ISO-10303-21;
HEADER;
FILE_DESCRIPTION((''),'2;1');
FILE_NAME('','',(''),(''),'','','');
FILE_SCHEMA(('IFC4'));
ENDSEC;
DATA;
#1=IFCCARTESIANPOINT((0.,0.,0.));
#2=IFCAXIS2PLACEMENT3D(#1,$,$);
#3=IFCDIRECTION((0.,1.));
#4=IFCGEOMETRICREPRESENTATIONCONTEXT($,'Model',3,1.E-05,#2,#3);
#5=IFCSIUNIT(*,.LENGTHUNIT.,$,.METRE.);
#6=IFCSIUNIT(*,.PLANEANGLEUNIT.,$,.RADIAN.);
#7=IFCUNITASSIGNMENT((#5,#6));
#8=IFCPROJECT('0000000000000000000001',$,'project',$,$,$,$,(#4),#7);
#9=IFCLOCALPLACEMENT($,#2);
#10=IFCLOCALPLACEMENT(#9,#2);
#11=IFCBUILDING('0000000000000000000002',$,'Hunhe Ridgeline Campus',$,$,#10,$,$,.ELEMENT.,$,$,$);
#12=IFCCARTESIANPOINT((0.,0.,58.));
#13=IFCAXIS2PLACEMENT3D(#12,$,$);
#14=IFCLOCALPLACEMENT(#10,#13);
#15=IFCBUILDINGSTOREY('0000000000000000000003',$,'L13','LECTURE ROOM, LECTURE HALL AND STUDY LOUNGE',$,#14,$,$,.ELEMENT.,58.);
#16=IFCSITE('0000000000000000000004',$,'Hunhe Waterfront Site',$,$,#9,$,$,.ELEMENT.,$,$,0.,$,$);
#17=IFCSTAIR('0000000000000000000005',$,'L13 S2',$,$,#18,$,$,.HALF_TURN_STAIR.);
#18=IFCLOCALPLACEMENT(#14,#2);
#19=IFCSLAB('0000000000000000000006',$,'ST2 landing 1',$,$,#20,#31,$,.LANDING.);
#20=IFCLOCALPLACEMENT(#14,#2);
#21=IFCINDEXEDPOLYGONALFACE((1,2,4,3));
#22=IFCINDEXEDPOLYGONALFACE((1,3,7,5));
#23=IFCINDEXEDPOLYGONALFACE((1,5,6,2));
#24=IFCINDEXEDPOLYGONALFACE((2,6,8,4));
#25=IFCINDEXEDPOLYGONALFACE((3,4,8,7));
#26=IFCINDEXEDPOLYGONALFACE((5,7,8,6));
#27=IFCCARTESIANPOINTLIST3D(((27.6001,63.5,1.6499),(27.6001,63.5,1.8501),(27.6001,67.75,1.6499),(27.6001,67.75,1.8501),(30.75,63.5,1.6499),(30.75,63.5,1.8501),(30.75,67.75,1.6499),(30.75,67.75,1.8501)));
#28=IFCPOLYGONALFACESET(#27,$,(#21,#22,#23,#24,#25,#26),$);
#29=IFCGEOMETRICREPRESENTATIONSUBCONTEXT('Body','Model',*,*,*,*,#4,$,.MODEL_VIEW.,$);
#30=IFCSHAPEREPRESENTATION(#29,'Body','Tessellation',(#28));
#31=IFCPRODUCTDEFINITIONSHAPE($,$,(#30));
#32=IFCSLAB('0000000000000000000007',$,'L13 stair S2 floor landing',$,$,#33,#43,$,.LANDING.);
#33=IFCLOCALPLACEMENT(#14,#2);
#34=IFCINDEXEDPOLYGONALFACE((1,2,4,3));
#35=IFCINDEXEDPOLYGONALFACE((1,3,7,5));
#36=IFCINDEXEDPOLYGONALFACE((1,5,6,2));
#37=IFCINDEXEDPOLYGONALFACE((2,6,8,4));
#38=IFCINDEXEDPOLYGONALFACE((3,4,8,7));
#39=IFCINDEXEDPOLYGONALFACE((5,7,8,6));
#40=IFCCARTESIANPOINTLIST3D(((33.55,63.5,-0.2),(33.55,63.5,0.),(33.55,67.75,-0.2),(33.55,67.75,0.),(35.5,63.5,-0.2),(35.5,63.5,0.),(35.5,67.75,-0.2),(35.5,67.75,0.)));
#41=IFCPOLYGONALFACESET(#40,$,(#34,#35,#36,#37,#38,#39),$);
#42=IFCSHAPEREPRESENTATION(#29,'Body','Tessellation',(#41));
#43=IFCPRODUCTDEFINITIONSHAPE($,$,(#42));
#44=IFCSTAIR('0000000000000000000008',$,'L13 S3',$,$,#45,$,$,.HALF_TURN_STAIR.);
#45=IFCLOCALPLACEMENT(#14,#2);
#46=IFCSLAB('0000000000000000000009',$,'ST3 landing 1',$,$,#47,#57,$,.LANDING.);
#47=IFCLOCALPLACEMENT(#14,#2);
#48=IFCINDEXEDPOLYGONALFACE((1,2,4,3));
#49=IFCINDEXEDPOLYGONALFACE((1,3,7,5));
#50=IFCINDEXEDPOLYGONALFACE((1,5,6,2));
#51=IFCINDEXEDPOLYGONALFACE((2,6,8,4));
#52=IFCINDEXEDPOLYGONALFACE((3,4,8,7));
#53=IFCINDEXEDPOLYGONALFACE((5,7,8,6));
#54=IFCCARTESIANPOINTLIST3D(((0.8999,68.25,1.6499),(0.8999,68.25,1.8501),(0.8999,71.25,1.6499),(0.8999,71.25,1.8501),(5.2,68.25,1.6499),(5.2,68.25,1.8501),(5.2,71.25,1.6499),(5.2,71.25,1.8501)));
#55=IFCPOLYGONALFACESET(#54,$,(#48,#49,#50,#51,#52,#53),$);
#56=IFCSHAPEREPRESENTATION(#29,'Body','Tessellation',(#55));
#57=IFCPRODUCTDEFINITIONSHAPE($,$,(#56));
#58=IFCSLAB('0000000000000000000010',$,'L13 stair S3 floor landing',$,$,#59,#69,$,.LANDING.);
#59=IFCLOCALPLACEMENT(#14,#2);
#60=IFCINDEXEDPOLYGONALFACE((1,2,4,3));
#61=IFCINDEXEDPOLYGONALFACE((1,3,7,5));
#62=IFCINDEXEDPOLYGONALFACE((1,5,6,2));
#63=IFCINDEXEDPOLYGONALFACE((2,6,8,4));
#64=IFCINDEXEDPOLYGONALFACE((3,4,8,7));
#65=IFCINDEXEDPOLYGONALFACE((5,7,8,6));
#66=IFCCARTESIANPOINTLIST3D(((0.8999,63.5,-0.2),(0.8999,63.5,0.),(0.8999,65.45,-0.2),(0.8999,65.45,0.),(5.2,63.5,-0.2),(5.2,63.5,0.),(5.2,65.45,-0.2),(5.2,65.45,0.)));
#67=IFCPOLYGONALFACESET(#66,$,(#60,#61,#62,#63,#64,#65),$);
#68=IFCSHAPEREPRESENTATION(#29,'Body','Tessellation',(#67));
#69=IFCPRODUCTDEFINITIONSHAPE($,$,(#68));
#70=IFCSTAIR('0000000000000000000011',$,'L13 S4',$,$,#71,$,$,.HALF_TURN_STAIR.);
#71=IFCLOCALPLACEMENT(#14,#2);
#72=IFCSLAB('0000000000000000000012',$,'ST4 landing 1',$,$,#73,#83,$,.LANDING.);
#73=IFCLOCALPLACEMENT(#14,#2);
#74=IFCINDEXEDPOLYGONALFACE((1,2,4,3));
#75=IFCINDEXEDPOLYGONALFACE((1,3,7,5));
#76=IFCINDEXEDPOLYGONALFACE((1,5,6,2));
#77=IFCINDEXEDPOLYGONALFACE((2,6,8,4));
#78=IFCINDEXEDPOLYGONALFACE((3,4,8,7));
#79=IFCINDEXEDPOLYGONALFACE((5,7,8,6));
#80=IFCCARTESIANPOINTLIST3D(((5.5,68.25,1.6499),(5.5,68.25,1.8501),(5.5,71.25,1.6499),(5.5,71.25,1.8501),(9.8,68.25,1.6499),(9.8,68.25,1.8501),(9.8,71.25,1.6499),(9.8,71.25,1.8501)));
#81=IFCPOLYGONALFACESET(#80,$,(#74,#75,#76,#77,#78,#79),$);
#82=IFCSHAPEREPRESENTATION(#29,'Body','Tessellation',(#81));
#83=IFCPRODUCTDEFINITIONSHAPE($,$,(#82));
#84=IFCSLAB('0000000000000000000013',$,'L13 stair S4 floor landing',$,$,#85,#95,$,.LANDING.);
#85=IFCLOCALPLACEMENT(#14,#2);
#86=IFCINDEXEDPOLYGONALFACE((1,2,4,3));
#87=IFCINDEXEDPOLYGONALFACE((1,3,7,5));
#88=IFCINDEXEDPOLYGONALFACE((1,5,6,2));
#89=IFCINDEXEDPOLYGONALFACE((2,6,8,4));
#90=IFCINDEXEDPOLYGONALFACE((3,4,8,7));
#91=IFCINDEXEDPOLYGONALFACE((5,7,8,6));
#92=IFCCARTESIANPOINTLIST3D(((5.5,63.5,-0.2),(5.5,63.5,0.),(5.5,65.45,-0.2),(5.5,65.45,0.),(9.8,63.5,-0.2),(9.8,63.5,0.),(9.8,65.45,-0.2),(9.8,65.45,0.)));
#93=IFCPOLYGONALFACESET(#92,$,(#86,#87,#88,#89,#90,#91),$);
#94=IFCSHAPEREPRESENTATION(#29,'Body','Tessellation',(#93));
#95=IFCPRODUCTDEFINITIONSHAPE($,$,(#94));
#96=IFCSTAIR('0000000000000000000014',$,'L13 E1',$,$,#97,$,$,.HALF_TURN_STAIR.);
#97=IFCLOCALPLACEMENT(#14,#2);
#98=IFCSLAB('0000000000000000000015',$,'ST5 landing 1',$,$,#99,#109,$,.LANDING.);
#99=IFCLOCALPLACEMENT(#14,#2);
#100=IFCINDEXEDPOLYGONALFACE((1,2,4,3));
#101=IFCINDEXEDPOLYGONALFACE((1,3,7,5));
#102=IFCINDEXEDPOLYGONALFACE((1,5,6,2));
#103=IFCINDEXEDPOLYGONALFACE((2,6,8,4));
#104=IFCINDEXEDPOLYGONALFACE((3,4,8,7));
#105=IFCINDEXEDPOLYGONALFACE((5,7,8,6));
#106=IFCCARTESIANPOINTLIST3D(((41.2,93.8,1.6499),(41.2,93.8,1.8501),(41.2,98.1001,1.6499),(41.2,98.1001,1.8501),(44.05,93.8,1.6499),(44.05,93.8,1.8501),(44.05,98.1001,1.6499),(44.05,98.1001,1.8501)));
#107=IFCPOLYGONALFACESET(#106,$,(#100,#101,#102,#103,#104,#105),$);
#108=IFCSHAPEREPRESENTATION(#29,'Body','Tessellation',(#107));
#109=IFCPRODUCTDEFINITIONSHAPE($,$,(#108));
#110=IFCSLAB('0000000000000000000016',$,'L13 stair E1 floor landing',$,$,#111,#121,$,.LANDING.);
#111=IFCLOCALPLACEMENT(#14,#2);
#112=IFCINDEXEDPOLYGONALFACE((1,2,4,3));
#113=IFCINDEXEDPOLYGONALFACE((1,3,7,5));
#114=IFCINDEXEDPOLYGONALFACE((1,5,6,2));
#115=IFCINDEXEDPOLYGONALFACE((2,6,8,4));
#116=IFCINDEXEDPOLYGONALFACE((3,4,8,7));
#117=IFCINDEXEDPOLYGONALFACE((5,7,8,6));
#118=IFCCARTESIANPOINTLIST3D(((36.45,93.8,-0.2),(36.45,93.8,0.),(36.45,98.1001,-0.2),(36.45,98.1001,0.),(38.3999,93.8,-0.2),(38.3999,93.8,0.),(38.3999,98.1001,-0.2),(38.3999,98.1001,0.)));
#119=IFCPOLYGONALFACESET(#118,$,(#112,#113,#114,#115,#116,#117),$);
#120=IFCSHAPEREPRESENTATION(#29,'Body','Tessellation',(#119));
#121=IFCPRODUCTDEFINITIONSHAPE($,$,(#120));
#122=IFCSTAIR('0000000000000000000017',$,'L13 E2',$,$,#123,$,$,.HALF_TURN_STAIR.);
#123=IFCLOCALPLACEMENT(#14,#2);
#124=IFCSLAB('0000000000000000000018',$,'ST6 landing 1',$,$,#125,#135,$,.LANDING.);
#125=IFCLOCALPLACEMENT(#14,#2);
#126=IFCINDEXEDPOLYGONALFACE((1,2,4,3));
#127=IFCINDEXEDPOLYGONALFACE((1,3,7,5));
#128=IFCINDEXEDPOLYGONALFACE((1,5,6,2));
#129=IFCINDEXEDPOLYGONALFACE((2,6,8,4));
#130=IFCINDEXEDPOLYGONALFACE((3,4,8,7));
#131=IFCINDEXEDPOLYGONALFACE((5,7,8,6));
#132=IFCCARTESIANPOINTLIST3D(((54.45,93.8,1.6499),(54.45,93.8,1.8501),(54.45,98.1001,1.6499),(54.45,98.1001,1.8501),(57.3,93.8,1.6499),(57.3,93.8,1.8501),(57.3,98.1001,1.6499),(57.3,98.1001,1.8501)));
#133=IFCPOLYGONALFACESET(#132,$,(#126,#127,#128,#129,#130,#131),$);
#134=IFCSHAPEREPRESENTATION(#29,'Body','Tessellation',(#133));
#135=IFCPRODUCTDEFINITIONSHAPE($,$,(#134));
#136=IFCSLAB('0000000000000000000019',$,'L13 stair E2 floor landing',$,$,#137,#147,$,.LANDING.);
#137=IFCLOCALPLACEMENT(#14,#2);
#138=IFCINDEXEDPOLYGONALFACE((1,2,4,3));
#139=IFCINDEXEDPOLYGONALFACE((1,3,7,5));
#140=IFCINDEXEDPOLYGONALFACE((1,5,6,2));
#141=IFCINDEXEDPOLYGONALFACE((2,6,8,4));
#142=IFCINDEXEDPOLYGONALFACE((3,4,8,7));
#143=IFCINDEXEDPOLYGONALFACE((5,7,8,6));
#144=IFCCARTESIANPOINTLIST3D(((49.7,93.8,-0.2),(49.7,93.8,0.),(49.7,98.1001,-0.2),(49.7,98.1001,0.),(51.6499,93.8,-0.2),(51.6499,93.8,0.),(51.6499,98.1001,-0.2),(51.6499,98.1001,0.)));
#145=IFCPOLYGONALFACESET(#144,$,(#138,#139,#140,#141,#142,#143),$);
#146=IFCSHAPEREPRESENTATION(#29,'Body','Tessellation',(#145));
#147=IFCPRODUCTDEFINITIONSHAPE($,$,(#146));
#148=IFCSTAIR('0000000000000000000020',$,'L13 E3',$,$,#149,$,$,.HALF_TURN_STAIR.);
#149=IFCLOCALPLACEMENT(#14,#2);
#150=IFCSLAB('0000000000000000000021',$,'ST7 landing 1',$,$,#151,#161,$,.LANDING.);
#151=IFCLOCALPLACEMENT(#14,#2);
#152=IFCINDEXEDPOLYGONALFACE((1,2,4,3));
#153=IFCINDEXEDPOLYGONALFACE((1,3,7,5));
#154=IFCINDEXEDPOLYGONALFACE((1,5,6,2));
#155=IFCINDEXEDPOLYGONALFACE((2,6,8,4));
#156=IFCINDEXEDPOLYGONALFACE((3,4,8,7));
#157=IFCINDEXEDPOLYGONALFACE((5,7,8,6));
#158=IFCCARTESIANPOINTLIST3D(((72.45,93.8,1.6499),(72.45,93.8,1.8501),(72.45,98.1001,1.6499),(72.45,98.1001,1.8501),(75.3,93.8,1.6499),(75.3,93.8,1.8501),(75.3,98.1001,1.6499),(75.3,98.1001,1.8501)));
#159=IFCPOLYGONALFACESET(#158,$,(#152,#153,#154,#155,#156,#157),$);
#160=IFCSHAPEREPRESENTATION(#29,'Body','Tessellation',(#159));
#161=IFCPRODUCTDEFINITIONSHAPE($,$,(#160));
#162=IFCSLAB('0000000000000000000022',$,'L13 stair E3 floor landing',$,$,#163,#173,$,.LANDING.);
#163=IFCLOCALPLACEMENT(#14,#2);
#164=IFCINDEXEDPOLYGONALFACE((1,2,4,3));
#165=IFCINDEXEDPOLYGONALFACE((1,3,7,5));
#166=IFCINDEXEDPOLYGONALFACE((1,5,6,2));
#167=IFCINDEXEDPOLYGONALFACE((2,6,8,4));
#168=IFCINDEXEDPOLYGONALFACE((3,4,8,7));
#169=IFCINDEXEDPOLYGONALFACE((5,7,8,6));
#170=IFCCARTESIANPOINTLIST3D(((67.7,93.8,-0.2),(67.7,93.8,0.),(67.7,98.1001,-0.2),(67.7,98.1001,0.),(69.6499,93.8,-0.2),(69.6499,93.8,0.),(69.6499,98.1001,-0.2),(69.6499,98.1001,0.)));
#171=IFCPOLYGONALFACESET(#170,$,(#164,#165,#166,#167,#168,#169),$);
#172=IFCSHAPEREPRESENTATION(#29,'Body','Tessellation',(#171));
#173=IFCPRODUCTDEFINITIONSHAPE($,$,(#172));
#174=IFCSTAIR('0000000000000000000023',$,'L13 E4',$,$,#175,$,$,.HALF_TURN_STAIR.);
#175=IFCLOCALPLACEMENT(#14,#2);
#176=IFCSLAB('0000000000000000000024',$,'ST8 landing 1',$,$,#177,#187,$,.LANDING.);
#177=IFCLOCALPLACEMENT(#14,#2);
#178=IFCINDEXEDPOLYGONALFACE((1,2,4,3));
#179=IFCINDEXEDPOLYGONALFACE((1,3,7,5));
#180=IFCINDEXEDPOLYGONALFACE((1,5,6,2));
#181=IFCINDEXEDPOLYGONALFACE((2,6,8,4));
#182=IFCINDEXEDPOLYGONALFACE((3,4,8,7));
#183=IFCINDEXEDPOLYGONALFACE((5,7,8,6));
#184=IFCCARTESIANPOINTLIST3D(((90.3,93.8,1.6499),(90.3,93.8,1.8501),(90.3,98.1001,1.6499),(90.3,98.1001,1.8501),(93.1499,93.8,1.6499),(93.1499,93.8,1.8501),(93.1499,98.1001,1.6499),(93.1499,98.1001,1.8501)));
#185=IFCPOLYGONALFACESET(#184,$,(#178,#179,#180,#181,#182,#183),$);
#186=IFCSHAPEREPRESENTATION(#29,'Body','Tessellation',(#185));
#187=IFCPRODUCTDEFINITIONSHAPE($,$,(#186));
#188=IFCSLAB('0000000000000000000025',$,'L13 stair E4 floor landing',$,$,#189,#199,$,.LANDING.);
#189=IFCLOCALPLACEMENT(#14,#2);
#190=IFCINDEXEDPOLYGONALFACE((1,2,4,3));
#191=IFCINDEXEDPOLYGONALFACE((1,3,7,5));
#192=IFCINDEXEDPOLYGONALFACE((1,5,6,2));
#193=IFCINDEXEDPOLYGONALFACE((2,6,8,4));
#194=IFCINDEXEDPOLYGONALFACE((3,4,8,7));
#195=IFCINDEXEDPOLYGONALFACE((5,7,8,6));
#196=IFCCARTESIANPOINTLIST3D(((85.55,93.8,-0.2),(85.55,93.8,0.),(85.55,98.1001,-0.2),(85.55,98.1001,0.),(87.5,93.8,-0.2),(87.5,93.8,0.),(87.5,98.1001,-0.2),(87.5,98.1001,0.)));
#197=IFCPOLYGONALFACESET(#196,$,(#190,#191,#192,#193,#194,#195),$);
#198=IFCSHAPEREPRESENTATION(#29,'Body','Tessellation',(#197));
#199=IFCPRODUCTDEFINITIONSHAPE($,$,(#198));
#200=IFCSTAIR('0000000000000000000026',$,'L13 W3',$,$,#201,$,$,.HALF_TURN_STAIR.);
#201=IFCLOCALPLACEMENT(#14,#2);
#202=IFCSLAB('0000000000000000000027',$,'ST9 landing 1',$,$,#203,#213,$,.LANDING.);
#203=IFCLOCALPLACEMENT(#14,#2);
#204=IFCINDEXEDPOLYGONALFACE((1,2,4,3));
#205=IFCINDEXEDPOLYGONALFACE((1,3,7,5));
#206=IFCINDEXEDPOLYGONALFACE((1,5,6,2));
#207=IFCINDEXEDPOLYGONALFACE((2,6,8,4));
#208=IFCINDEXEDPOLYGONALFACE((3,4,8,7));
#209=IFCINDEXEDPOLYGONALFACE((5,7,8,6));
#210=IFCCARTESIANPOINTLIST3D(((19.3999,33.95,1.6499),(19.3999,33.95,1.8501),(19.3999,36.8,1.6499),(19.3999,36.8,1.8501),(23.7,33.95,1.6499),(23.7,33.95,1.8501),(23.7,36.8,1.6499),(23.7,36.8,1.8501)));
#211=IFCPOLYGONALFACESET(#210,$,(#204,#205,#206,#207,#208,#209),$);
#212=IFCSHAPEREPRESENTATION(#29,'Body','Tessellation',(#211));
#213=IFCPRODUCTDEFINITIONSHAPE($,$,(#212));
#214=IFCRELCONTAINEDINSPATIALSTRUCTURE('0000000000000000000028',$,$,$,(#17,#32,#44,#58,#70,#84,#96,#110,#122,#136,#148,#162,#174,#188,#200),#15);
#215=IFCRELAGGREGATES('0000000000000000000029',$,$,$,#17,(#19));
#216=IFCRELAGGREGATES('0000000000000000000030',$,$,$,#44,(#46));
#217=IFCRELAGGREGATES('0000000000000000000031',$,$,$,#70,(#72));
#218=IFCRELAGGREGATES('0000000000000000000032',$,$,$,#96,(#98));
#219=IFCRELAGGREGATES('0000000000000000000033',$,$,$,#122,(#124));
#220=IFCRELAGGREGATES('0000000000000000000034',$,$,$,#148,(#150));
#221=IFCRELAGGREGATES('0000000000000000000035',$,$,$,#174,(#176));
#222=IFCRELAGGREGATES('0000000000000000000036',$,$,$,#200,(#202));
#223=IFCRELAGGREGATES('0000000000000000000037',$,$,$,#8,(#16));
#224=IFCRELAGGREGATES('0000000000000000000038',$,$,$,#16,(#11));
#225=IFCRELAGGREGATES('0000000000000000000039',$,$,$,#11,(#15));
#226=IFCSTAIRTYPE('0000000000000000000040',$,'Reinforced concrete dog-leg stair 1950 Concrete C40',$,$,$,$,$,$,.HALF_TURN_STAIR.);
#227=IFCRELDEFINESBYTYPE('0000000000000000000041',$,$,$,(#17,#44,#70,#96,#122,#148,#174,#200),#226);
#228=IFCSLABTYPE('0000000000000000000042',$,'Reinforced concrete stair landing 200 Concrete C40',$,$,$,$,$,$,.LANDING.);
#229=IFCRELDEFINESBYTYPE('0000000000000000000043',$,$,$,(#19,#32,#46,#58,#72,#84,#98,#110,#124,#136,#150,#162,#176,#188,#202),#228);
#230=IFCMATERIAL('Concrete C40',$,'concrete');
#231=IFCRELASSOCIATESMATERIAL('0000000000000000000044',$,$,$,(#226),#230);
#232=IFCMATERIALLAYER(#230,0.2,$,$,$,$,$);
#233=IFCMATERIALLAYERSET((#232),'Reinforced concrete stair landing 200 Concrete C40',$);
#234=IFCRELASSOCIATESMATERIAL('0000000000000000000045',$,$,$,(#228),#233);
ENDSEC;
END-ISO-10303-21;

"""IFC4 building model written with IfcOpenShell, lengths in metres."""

from ifc_helpers import new_model, si_unit, direction, frame, origin, place, context, subcontext, project, spatial, polyline, outline, extrude, material, layer, layer_set, type_object, element, aggregate, save


model = new_model("IFC4")

# Units and contexts
model_context = context("Model", 3, precision=1e-05, world=origin(), true_north=direction((0.0, 1.0)))
body_context = subcontext(model_context, "Body", "Model", "MODEL_VIEW")
ifc_project = project(units=[si_unit("LENGTHUNIT", "METRE"), si_unit("PLANEANGLEUNIT", "RADIAN")], contexts=[model_context])

# Site, building, storey
site_placement = place(None, origin())
site = spatial("IfcSite", under=ifc_project, at=site_placement, Name="Hunhe Waterfront Site", CompositionType="ELEMENT", RefElevation=0.0)
building_placement = place(site_placement, origin())
building = spatial("IfcBuilding", under=site, at=building_placement, Name="Hunhe Ridgeline Campus", CompositionType="ELEMENT")
storey_placement = place(building_placement, frame((0.0, 0.0, 58.0)))
storey = spatial("IfcBuildingStorey", under=building, at=storey_placement, Name="L13", Description="LECTURE ROOM, LECTURE HALL AND STUDY LOUNGE", CompositionType="ELEMENT", Elevation=58.0)

# Shared definitions
ifc_material_1 = material(Name="Concrete C40", Category="concrete")

# Shared definitions
stair_type = type_object("IfcStairType", Name="Reinforced concrete dog-leg stair 1950 Concrete C40", PredefinedType="HALF_TURN_STAIR", material=ifc_material_1)
ifc_layer_1 = layer(ifc_material_1, 0.2)
ifc_layer_set_1 = layer_set([ifc_layer_1], Name="Reinforced concrete stair landing 200 Concrete C40")
slab_type_1 = type_object("IfcSlabType", Name="Reinforced concrete stair landing 200 Concrete C40", PredefinedType="LANDING", material=ifc_layer_set_1)

# Stair, slab
stair_1_placement = place(storey_placement, origin())
stair_1 = element("IfcStair", 1, at=stair_1_placement, inside=storey, type_object=stair_type, Name="L13 S2", PredefinedType="HALF_TURN_STAIR")
slab_1_placement = place(storey_placement, frame((0.0, 0.0, 1.6499)))
slab_1 = element("IfcSlab", 2, at=slab_1_placement, type_object=slab_type_1, Name="ST2 landing 1", PredefinedType="LANDING", context=body_context, shape_type="SweptSolid", body=[
    extrude(outline(polyline([(30.75, 67.75), (27.6001, 67.75), (27.6001, 63.5), (30.75, 63.5), (30.75, 67.75)])), origin(), (0.0, 0.0, 1.0), 0.2002),
])
aggregate(stair_1, [slab_1])

# Slab
slab_2_placement = place(storey_placement, frame((0.0, 0.0, -0.2)))
element("IfcSlab", 3, at=slab_2_placement, inside=storey, type_object=slab_type_1, Name="L13 stair S2 floor landing", PredefinedType="LANDING", context=body_context, shape_type="SweptSolid", body=[
    extrude(outline(polyline([(35.5, 67.75), (33.55, 67.75), (33.55, 63.5), (35.5, 63.5), (35.5, 67.75)])), origin(), (0.0, 0.0, 1.0), 0.2),
])

# Stair, slab
stair_2_placement = place(storey_placement, origin())
stair_2 = element("IfcStair", 4, at=stair_2_placement, inside=storey, type_object=stair_type, Name="L13 S3", PredefinedType="HALF_TURN_STAIR")
slab_3_placement = place(storey_placement, frame((0.0, 0.0, 1.6499)))
slab_3 = element("IfcSlab", 5, at=slab_3_placement, type_object=slab_type_1, Name="ST3 landing 1", PredefinedType="LANDING", context=body_context, shape_type="SweptSolid", body=[
    extrude(outline(polyline([(5.2, 68.25), (5.2, 71.25), (0.8999, 71.25), (0.8999, 68.25), (5.2, 68.25)])), origin(), (0.0, 0.0, 1.0), 0.2002),
])
aggregate(stair_2, [slab_3])

# Slab
slab_4_placement = place(storey_placement, frame((0.0, 0.0, -0.2)))
element("IfcSlab", 6, at=slab_4_placement, inside=storey, type_object=slab_type_1, Name="L13 stair S3 floor landing", PredefinedType="LANDING", context=body_context, shape_type="SweptSolid", body=[
    extrude(outline(polyline([(5.2, 63.5), (5.2, 65.45), (0.8999, 65.45), (0.8999, 63.5), (5.2, 63.5)])), origin(), (0.0, 0.0, 1.0), 0.2),
])

# Stair, slab
stair_3_placement = place(storey_placement, origin())
stair_3 = element("IfcStair", 7, at=stair_3_placement, inside=storey, type_object=stair_type, Name="L13 S4", PredefinedType="HALF_TURN_STAIR")
slab_5_placement = place(storey_placement, frame((0.0, 0.0, 1.6499)))
slab_5 = element("IfcSlab", 8, at=slab_5_placement, type_object=slab_type_1, Name="ST4 landing 1", PredefinedType="LANDING", context=body_context, shape_type="SweptSolid", body=[
    extrude(outline(polyline([(9.8, 68.25), (9.8, 71.25), (5.5, 71.25), (5.5, 68.25), (9.8, 68.25)])), origin(), (0.0, 0.0, 1.0), 0.2002),
])
aggregate(stair_3, [slab_5])

# Slab
slab_6_placement = place(storey_placement, frame((0.0, 0.0, -0.2)))
element("IfcSlab", 9, at=slab_6_placement, inside=storey, type_object=slab_type_1, Name="L13 stair S4 floor landing", PredefinedType="LANDING", context=body_context, shape_type="SweptSolid", body=[
    extrude(outline(polyline([(9.8, 63.5), (9.8, 65.45), (5.5, 65.45), (5.5, 63.5), (9.8, 63.5)])), origin(), (0.0, 0.0, 1.0), 0.2),
])

# Stair, slab
stair_4_placement = place(storey_placement, origin())
stair_4 = element("IfcStair", 10, at=stair_4_placement, inside=storey, type_object=stair_type, Name="L13 E1", PredefinedType="HALF_TURN_STAIR")
slab_7_placement = place(storey_placement, frame((0.0, 0.0, 1.6499)))
slab_7 = element("IfcSlab", 11, at=slab_7_placement, type_object=slab_type_1, Name="ST5 landing 1", PredefinedType="LANDING", context=body_context, shape_type="SweptSolid", body=[
    extrude(outline(polyline([(41.2, 93.8), (44.05, 93.8), (44.05, 98.1001), (41.2, 98.1001), (41.2, 93.8)])), origin(), (0.0, 0.0, 1.0), 0.2002),
])
aggregate(stair_4, [slab_7])

# Slab
slab_8_placement = place(storey_placement, frame((0.0, 0.0, -0.2)))
element("IfcSlab", 12, at=slab_8_placement, inside=storey, type_object=slab_type_1, Name="L13 stair E1 floor landing", PredefinedType="LANDING", context=body_context, shape_type="SweptSolid", body=[
    extrude(outline(polyline([(36.45, 93.8), (38.3999, 93.8), (38.3999, 98.1001), (36.45, 98.1001), (36.45, 93.8)])), origin(), (0.0, 0.0, 1.0), 0.2),
])

# Stair, slab
stair_5_placement = place(storey_placement, origin())
stair_5 = element("IfcStair", 13, at=stair_5_placement, inside=storey, type_object=stair_type, Name="L13 E2", PredefinedType="HALF_TURN_STAIR")
slab_9_placement = place(storey_placement, frame((0.0, 0.0, 1.6499)))
slab_9 = element("IfcSlab", 14, at=slab_9_placement, type_object=slab_type_1, Name="ST6 landing 1", PredefinedType="LANDING", context=body_context, shape_type="SweptSolid", body=[
    extrude(outline(polyline([(54.45, 93.8), (57.3, 93.8), (57.3, 98.1001), (54.45, 98.1001), (54.45, 93.8)])), origin(), (0.0, 0.0, 1.0), 0.2002),
])
aggregate(stair_5, [slab_9])

# Slab
slab_10_placement = place(storey_placement, frame((0.0, 0.0, -0.2)))
element("IfcSlab", 15, at=slab_10_placement, inside=storey, type_object=slab_type_1, Name="L13 stair E2 floor landing", PredefinedType="LANDING", context=body_context, shape_type="SweptSolid", body=[
    extrude(outline(polyline([(49.7, 93.8), (51.6499, 93.8), (51.6499, 98.1001), (49.7, 98.1001), (49.7, 93.8)])), origin(), (0.0, 0.0, 1.0), 0.2),
])

# Stair, slab
stair_6_placement = place(storey_placement, origin())
stair_6 = element("IfcStair", 16, at=stair_6_placement, inside=storey, type_object=stair_type, Name="L13 E3", PredefinedType="HALF_TURN_STAIR")
slab_11_placement = place(storey_placement, frame((0.0, 0.0, 1.6499)))
slab_11 = element("IfcSlab", 17, at=slab_11_placement, type_object=slab_type_1, Name="ST7 landing 1", PredefinedType="LANDING", context=body_context, shape_type="SweptSolid", body=[
    extrude(outline(polyline([(72.45, 93.8), (75.3, 93.8), (75.3, 98.1001), (72.45, 98.1001), (72.45, 93.8)])), origin(), (0.0, 0.0, 1.0), 0.2002),
])
aggregate(stair_6, [slab_11])

# Slab
slab_12_placement = place(storey_placement, frame((0.0, 0.0, -0.2)))
element("IfcSlab", 18, at=slab_12_placement, inside=storey, type_object=slab_type_1, Name="L13 stair E3 floor landing", PredefinedType="LANDING", context=body_context, shape_type="SweptSolid", body=[
    extrude(outline(polyline([(67.7, 93.8), (69.6499, 93.8), (69.6499, 98.1001), (67.7, 98.1001), (67.7, 93.8)])), origin(), (0.0, 0.0, 1.0), 0.2),
])

# Stair, slab
stair_7_placement = place(storey_placement, origin())
stair_7 = element("IfcStair", 19, at=stair_7_placement, inside=storey, type_object=stair_type, Name="L13 E4", PredefinedType="HALF_TURN_STAIR")
slab_13_placement = place(storey_placement, frame((0.0, 0.0, 1.6499)))
slab_13 = element("IfcSlab", 20, at=slab_13_placement, type_object=slab_type_1, Name="ST8 landing 1", PredefinedType="LANDING", context=body_context, shape_type="SweptSolid", body=[
    extrude(outline(polyline([(90.3, 93.8), (93.1499, 93.8), (93.1499, 98.1001), (90.3, 98.1001), (90.3, 93.8)])), origin(), (0.0, 0.0, 1.0), 0.2002),
])
aggregate(stair_7, [slab_13])

# Slab
slab_14_placement = place(storey_placement, frame((0.0, 0.0, -0.2)))
element("IfcSlab", 21, at=slab_14_placement, inside=storey, type_object=slab_type_1, Name="L13 stair E4 floor landing", PredefinedType="LANDING", context=body_context, shape_type="SweptSolid", body=[
    extrude(outline(polyline([(85.55, 93.8), (87.5, 93.8), (87.5, 98.1001), (85.55, 98.1001), (85.55, 93.8)])), origin(), (0.0, 0.0, 1.0), 0.2),
])

# Stair, slab
stair_8_placement = place(storey_placement, origin())
stair_8 = element("IfcStair", 22, at=stair_8_placement, inside=storey, type_object=stair_type, Name="L13 W3", PredefinedType="HALF_TURN_STAIR")
slab_15_placement = place(storey_placement, frame((0.0, 0.0, 1.6499)))
slab_15 = element("IfcSlab", 23, at=slab_15_placement, type_object=slab_type_1, Name="ST9 landing 1", PredefinedType="LANDING", context=body_context, shape_type="SweptSolid", body=[
    extrude(outline(polyline([(23.7, 33.95), (23.7, 36.8), (19.3999, 36.8), (19.3999, 33.95), (23.7, 33.95)])), origin(), (0.0, 0.0, 1.0), 0.2002),
])
aggregate(stair_8, [slab_15])

save(model, "model.ifc")
